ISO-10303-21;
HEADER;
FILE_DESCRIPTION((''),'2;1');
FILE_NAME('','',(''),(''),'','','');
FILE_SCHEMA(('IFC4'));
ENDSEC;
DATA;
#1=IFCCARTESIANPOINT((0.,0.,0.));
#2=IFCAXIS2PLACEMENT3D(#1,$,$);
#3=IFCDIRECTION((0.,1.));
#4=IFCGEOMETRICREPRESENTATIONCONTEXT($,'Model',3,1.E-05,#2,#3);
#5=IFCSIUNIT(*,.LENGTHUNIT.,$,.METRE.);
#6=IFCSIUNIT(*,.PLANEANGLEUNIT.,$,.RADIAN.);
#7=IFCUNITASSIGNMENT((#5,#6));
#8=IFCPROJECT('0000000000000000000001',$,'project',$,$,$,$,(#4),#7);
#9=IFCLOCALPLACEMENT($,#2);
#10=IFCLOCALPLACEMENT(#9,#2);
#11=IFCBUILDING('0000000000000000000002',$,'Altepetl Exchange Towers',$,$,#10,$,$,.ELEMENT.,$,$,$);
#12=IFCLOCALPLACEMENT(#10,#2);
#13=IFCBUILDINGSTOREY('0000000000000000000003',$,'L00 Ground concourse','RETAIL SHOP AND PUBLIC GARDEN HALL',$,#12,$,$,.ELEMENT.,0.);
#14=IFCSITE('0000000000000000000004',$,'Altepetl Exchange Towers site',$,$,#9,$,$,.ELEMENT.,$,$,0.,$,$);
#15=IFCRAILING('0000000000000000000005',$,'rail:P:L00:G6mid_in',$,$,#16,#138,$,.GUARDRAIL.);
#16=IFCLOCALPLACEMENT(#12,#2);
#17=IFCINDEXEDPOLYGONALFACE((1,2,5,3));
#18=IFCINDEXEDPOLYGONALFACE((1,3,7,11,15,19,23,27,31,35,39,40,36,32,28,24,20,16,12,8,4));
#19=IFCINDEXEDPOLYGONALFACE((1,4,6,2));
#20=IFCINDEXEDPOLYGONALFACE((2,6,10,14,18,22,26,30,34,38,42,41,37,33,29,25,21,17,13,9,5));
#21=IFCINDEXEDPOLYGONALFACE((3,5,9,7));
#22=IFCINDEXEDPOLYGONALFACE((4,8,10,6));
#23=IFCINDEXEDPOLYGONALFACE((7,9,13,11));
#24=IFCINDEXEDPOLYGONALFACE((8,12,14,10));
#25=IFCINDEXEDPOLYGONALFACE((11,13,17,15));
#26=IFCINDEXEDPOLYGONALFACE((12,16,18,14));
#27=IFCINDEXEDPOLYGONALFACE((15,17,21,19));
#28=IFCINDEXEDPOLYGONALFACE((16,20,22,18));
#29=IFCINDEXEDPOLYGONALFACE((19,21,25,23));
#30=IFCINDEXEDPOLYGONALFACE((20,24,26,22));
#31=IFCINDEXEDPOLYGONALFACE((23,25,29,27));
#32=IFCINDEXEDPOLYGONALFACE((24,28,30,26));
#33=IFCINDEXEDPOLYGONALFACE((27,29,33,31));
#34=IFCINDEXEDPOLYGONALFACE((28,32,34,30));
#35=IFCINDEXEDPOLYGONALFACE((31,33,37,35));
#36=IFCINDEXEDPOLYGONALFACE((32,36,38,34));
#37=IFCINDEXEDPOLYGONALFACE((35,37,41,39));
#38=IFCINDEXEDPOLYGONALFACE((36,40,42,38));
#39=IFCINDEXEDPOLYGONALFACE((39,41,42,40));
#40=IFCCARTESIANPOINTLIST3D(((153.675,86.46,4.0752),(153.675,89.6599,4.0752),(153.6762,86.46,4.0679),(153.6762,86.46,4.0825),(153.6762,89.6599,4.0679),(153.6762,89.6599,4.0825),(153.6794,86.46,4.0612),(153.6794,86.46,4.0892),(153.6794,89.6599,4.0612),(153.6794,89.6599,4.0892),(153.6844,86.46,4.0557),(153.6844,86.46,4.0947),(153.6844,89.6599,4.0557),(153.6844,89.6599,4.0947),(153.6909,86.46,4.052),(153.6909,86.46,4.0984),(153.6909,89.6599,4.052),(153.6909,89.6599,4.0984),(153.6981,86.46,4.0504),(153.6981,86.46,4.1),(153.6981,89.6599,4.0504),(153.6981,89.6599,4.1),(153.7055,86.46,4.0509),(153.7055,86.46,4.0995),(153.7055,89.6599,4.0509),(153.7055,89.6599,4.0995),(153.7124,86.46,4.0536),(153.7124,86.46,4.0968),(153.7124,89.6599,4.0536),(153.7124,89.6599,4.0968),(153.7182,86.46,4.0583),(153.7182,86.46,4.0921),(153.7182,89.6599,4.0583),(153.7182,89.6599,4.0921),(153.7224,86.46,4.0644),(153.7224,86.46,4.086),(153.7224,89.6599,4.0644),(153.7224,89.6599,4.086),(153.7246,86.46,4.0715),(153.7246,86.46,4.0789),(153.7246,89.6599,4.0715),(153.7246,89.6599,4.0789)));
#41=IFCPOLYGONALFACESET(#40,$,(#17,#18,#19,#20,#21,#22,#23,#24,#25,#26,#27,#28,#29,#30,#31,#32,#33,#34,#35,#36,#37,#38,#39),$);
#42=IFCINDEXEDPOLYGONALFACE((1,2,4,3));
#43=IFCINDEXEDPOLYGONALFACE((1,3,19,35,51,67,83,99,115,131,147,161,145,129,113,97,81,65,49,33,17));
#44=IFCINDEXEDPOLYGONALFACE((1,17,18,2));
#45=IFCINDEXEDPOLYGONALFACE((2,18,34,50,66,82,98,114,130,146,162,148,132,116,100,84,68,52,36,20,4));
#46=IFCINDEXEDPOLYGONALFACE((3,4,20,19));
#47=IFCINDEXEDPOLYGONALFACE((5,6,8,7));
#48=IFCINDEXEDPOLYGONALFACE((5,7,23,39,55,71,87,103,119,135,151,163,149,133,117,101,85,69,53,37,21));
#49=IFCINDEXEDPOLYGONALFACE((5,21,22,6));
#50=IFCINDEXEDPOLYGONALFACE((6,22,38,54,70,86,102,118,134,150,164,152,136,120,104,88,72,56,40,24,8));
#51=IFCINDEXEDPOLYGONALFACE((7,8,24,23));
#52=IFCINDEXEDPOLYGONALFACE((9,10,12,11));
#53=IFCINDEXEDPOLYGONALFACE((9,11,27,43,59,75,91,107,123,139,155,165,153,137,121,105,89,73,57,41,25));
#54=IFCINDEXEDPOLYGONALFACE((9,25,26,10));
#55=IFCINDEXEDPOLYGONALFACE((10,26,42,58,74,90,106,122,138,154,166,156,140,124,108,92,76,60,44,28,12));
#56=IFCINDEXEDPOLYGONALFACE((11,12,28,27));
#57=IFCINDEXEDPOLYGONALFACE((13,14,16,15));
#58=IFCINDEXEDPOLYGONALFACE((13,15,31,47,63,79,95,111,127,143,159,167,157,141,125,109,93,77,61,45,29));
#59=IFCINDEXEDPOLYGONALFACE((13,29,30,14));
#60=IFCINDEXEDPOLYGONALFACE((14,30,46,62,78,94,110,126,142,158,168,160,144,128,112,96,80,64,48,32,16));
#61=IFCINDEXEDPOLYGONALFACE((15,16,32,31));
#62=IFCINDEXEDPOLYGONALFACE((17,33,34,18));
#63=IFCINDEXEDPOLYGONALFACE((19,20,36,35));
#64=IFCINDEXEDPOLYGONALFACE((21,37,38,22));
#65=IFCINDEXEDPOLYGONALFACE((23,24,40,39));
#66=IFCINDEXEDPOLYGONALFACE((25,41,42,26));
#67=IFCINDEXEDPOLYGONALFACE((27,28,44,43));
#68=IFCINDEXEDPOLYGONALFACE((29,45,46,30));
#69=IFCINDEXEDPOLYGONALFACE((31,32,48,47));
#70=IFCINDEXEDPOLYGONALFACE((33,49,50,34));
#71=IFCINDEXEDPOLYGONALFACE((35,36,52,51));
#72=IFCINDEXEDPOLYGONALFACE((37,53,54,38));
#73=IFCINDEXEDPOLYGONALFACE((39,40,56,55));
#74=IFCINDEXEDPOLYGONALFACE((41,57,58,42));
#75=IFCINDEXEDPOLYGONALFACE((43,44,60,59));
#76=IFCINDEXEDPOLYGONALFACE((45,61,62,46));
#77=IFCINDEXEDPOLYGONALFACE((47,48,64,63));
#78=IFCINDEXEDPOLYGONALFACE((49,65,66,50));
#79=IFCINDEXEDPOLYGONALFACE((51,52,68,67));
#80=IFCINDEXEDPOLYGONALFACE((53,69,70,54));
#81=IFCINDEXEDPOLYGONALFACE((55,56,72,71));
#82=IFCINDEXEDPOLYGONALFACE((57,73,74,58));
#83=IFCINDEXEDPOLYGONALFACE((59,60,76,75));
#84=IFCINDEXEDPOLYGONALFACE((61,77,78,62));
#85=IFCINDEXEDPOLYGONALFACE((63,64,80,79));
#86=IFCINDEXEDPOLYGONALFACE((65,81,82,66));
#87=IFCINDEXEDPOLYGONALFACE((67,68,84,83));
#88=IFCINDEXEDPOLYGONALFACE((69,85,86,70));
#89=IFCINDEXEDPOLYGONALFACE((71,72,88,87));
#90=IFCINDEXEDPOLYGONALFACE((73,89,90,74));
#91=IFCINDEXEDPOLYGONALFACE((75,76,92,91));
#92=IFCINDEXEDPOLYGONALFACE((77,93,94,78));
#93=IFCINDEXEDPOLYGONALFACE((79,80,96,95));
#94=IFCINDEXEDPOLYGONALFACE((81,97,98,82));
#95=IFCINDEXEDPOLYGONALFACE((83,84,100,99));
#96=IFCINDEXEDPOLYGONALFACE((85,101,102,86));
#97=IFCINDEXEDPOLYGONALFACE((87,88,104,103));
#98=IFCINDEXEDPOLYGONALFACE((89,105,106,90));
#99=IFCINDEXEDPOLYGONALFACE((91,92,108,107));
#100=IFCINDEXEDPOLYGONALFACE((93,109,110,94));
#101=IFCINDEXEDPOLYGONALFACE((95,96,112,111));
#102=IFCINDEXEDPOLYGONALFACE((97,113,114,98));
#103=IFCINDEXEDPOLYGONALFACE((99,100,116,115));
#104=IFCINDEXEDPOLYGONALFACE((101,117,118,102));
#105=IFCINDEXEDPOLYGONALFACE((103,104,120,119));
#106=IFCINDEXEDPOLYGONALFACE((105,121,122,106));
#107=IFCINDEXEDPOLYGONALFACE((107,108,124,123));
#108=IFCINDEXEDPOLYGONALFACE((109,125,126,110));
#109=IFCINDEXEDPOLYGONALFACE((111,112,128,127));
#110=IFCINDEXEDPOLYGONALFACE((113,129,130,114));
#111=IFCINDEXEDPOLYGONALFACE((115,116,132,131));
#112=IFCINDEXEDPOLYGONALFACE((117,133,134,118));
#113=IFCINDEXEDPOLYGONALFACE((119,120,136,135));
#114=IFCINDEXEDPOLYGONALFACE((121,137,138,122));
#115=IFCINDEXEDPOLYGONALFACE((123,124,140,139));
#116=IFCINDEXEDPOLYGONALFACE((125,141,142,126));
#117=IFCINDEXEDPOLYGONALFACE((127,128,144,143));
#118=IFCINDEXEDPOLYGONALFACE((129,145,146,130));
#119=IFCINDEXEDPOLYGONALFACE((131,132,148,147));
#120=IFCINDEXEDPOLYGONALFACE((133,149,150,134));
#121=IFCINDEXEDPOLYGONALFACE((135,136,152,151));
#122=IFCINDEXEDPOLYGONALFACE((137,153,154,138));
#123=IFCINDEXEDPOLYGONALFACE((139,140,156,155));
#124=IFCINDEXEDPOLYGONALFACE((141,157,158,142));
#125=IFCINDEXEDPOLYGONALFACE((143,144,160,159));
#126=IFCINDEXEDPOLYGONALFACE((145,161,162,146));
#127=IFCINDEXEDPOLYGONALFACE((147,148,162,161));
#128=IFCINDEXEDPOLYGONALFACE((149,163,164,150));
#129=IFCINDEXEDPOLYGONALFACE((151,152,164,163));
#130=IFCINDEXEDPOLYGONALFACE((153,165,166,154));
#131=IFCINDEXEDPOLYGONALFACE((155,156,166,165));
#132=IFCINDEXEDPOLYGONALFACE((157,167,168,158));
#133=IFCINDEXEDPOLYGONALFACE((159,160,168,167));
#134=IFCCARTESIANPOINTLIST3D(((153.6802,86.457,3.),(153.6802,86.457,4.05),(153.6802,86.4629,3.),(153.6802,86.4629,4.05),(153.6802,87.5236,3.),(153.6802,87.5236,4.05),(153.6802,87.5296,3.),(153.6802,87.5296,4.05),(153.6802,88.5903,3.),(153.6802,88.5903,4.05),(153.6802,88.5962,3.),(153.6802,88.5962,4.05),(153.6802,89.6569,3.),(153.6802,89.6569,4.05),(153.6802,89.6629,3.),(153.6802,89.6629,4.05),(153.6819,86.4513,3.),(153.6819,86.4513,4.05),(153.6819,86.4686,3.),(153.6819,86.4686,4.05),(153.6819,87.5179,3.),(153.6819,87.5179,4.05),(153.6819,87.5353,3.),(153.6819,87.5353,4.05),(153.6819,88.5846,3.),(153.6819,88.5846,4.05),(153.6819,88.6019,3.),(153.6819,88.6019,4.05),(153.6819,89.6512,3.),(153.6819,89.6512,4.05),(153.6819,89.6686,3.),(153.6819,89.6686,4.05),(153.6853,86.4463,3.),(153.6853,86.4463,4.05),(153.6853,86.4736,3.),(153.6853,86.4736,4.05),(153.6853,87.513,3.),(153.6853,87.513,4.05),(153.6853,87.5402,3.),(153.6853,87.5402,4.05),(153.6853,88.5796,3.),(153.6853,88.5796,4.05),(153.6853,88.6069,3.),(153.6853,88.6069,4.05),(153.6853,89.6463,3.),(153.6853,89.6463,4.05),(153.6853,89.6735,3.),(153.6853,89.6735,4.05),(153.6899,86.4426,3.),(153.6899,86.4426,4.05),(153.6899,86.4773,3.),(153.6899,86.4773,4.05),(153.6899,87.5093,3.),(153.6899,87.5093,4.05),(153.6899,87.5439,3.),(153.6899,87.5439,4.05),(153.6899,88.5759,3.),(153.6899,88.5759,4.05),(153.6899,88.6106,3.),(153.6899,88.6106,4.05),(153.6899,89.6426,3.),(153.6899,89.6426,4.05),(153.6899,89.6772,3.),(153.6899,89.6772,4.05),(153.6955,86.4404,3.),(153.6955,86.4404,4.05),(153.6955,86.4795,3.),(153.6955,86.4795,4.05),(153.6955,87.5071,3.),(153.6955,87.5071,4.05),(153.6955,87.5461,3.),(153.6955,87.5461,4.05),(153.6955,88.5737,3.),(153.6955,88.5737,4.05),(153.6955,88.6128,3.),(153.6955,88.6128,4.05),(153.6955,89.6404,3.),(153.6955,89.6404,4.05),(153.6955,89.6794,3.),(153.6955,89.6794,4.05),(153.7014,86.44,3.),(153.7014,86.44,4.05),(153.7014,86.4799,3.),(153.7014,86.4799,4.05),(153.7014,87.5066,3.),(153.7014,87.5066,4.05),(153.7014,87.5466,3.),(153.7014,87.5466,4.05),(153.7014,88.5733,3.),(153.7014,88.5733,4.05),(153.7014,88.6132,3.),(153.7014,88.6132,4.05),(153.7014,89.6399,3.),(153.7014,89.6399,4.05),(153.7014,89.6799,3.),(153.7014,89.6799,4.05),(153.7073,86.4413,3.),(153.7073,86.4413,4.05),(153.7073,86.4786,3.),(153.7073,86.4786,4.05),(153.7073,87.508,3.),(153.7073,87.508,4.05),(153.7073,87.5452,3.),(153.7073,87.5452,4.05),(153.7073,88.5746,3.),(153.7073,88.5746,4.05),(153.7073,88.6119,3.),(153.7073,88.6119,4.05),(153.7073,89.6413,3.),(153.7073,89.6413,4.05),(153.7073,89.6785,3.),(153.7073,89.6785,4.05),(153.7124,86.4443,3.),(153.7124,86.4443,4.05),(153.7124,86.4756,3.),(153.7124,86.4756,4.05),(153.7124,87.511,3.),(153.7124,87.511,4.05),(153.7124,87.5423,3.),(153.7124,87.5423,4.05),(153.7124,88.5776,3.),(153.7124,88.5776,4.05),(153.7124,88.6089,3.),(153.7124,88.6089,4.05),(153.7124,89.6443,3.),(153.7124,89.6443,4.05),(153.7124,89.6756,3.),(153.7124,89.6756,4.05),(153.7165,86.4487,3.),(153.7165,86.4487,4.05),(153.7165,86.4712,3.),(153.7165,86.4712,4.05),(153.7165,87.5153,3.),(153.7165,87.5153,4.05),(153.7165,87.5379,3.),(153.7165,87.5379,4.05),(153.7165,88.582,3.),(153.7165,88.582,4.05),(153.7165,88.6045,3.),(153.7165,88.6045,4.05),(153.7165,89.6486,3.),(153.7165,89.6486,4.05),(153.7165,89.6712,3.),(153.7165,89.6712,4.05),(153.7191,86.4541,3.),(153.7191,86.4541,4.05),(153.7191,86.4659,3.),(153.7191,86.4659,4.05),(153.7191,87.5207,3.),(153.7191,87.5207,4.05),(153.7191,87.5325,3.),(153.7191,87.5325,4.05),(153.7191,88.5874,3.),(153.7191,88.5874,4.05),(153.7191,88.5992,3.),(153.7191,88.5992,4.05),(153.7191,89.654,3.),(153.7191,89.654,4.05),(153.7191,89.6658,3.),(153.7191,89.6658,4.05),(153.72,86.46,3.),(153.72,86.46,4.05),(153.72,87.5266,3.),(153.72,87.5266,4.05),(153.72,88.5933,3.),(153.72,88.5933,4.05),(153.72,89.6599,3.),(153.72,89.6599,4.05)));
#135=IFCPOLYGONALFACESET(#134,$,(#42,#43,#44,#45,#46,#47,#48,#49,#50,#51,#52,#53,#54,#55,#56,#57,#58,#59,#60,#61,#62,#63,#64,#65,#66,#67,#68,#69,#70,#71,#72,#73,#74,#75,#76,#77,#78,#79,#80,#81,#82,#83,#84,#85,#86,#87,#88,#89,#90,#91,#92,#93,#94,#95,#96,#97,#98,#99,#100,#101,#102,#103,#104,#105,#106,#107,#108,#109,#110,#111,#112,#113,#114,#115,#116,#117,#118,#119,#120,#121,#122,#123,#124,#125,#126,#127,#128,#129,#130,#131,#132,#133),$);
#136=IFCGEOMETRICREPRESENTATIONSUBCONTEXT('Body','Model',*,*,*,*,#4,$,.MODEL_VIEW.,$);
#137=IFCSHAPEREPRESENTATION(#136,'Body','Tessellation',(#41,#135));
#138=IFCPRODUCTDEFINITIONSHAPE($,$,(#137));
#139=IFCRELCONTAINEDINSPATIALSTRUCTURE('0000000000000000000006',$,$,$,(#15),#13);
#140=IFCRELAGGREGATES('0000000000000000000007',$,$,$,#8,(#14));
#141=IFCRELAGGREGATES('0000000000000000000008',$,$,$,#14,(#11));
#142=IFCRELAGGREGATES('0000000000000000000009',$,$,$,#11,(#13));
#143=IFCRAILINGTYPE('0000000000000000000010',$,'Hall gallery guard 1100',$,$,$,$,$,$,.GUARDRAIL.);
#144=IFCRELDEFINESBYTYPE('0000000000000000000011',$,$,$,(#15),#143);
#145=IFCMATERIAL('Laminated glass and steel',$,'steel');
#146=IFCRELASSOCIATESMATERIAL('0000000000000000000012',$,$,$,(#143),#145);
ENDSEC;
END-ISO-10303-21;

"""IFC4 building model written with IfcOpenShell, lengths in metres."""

from ifc_helpers import new_model, si_unit, direction, frame, origin, origin_2d, place, context, subcontext, project, spatial, circle, extrude, source, transform, mapped, material, type_object, element, save


model = new_model("IFC4")

# Units and contexts
model_context = context("Model", 3, precision=1e-05, world=origin(), true_north=direction((0.0, 1.0)))
body_context = subcontext(model_context, "Body", "Model", "MODEL_VIEW")
ifc_project = project(units=[si_unit("LENGTHUNIT", "METRE"), si_unit("PLANEANGLEUNIT", "RADIAN")], contexts=[model_context])

# Site, building, storey
site_placement = place(None, origin())
site = spatial("IfcSite", under=ifc_project, at=site_placement, Name="Altepetl Exchange Towers site", CompositionType="ELEMENT", RefElevation=0.0)
building_placement = place(site_placement, origin())
building = spatial("IfcBuilding", under=site, at=building_placement, Name="Altepetl Exchange Towers", CompositionType="ELEMENT")
storey_placement = place(building_placement, origin())
storey = spatial("IfcBuildingStorey", under=building, at=storey_placement, Name="L00 Ground concourse", Description="RETAIL SHOP AND PUBLIC GARDEN HALL", CompositionType="ELEMENT", Elevation=0.0)

# Railing
ifc_material_1 = material(Name="Laminated glass and steel", Category="steel")
railing_type_1 = type_object("IfcRailingType", Name="Hall gallery guard 1100", PredefinedType="GUARDRAIL", material=ifc_material_1)
shared_shape_1 = source(origin(), body_context, "Body", "SweptSolid", [
    extrude(circle(Radius=0.02, at=origin_2d()), origin(), (0.0, 0.0, 1.0), 1.05),
])
for number, where, name in (
    (1, (153.7, 86.46, 3.0), "rail:P:L00:G6mid_in"),
):
    element("IfcRailing", number, at=place(storey_placement, frame(where)), inside=storey, type_object=railing_type_1, Name=name, PredefinedType="GUARDRAIL", context=body_context, shape_type="SweptSolid", body=[
        extrude(circle(Radius=0.0249, at=origin_2d()), frame((0.0, 0.0, 1.0752), z_axis=(0.0, 1.0, 0.0), x_axis=(-1.0, 0.0, 0.0)), (0.0, 0.0, 1.0), 3.2),
        mapped(shared_shape_1, transform((0.0, 0.0, 0.0))),
        mapped(shared_shape_1, transform((0.0, 1.0667, 0.0))),
        mapped(shared_shape_1, transform((0.0, 2.1333, 0.0))),
        mapped(shared_shape_1, transform((0.0, 3.2, 0.0))),
    ])

save(model, "model.ifc")
